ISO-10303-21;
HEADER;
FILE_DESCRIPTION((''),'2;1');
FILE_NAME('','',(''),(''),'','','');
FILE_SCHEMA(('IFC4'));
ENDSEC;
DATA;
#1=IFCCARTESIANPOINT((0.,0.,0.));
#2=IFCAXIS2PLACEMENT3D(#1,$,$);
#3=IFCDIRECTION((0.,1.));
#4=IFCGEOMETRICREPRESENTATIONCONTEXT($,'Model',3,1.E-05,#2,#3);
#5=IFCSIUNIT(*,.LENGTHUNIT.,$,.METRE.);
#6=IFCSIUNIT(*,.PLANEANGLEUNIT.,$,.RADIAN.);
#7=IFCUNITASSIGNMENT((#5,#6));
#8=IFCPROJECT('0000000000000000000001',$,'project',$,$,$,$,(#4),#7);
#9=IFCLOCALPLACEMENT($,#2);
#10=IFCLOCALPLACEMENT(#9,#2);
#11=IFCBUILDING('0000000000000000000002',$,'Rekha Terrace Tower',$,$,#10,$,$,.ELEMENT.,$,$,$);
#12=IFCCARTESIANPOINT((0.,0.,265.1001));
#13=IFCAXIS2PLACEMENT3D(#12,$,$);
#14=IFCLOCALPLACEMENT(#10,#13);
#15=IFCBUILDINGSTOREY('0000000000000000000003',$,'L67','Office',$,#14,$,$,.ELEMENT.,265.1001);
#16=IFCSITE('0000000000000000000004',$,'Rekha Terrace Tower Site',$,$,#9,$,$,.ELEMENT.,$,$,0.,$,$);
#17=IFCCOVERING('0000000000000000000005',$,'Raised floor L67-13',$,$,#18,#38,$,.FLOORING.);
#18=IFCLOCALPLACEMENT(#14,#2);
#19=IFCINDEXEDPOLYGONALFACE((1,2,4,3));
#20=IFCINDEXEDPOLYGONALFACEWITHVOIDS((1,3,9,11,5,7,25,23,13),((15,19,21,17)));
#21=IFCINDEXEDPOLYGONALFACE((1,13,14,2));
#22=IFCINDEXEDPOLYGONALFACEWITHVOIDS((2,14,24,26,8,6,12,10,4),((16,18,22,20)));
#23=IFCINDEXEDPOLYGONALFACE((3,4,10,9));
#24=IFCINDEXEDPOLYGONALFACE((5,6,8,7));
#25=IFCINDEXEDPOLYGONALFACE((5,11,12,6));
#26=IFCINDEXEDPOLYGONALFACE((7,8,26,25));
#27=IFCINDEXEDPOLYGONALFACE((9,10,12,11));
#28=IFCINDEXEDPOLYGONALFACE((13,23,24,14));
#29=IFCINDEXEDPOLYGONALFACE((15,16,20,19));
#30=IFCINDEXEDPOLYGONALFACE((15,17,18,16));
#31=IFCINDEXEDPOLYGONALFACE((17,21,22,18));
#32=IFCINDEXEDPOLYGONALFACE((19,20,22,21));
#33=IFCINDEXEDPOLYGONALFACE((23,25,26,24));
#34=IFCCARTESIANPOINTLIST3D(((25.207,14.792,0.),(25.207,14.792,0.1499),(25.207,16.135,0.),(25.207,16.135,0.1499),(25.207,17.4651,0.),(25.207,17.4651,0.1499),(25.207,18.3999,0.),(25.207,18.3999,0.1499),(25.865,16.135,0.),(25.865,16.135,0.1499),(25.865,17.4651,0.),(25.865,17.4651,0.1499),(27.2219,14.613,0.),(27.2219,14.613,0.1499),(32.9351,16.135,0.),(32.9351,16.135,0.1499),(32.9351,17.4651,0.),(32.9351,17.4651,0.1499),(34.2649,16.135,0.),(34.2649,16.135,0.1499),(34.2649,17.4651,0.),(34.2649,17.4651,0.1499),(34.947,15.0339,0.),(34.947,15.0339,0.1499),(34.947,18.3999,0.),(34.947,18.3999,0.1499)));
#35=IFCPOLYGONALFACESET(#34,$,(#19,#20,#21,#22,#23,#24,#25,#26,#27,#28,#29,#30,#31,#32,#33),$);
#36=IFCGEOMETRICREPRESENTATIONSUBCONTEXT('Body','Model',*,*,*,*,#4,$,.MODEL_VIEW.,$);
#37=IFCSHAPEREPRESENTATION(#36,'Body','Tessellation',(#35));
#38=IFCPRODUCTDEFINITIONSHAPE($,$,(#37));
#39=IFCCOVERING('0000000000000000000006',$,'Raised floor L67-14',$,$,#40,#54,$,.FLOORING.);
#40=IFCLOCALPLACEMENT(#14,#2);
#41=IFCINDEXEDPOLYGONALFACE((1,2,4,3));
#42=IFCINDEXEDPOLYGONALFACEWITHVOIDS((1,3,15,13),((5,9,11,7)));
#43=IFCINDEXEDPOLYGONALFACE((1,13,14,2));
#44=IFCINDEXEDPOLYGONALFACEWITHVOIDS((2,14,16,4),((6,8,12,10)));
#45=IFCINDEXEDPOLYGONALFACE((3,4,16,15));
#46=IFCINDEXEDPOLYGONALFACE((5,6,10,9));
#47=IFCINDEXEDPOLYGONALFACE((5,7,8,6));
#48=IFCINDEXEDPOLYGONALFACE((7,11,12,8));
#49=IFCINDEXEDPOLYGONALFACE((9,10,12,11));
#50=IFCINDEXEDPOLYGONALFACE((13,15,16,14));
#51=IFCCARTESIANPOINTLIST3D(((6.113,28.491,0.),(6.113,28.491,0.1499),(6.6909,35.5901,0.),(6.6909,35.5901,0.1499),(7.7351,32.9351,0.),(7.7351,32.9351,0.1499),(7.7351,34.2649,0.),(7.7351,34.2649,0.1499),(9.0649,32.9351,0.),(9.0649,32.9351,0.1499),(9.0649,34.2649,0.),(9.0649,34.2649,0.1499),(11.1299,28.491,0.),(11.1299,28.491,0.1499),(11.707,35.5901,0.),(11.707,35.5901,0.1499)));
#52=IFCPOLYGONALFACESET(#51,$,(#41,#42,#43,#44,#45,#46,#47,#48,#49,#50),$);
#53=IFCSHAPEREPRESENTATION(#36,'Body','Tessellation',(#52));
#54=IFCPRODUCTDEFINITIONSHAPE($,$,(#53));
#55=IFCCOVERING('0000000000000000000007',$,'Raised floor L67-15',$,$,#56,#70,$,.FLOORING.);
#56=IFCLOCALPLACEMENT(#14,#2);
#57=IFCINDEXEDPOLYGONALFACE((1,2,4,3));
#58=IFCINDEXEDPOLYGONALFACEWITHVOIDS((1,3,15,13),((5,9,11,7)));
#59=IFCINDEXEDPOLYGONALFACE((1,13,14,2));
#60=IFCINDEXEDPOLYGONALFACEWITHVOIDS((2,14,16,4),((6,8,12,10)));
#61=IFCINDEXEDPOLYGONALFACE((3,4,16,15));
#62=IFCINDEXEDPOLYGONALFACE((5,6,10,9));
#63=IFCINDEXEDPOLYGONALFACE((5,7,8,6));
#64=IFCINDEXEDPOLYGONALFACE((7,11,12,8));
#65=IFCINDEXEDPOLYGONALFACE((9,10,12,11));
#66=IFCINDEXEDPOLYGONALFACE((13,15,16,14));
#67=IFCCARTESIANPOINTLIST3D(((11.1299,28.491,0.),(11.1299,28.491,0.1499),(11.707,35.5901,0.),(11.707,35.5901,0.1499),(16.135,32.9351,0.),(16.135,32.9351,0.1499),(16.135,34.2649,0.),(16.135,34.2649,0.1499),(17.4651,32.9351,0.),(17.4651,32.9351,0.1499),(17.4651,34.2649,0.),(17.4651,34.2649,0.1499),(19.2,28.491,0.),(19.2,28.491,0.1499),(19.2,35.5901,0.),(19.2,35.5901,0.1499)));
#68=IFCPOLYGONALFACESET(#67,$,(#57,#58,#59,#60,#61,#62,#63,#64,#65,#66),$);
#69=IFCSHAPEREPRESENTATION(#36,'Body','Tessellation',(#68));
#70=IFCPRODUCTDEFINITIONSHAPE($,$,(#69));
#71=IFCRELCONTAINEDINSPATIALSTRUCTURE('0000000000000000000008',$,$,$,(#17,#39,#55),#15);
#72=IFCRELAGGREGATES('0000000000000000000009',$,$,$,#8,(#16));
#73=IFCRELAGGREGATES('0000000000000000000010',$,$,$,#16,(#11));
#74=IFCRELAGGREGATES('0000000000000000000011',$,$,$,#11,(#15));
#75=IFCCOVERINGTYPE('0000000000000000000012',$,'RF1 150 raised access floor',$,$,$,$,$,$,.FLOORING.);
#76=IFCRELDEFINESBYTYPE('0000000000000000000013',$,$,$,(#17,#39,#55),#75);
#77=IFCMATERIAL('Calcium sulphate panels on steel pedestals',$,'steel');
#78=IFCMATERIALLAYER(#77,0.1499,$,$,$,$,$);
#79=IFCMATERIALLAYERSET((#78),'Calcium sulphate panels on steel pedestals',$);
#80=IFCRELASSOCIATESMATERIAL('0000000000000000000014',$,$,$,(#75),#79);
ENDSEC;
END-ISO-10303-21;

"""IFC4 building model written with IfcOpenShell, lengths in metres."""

from ifc_helpers import new_model, si_unit, direction, frame, origin, place, context, subcontext, project, spatial, polyline, outline, extrude, material, layer, layer_set, type_object, element, save


model = new_model("IFC4")

# Units and contexts
model_context = context("Model", 3, precision=1e-05, world=origin(), true_north=direction((0.0, 1.0)))
body_context = subcontext(model_context, "Body", "Model", "MODEL_VIEW")
ifc_project = project(units=[si_unit("LENGTHUNIT", "METRE"), si_unit("PLANEANGLEUNIT", "RADIAN")], contexts=[model_context])

# Site, building, storey
site_placement = place(None, origin())
site = spatial("IfcSite", under=ifc_project, at=site_placement, Name="Rekha Terrace Tower Site", CompositionType="ELEMENT", RefElevation=0.0)
building_placement = place(site_placement, origin())
building = spatial("IfcBuilding", under=site, at=building_placement, Name="Rekha Terrace Tower", CompositionType="ELEMENT")
storey_placement = place(building_placement, frame((0.0, 0.0, 265.1001)))
storey = spatial("IfcBuildingStorey", under=building, at=storey_placement, Name="L67", Description="Office", CompositionType="ELEMENT", Elevation=265.1001)

# Coverings
ifc_material_1 = material(Name="Calcium sulphate panels on steel pedestals", Category="steel")
ifc_layer_1 = layer(ifc_material_1, 0.1499)
ifc_layer_set_1 = layer_set([ifc_layer_1], Name="Calcium sulphate panels on steel pedestals")
covering_type_1 = type_object("IfcCoveringType", Name="RF1 150 raised access floor", PredefinedType="FLOORING", material=ifc_layer_set_1)
covering_1_placement = place(storey_placement, origin())
element("IfcCovering", 1, at=covering_1_placement, inside=storey, type_object=covering_type_1, Name="Raised floor L67-13", PredefinedType="FLOORING", context=body_context, shape_type="SweptSolid", body=[
    extrude(outline(polyline([(34.947, 15.0339), (34.947, 18.3999), (25.207, 18.3999), (25.207, 17.4651), (25.865, 17.4651), (25.865, 16.135), (25.207, 16.135), (25.207, 14.792), (27.2219, 14.613), (34.947, 15.0339)]), holes=[polyline([(34.2649, 16.135), (32.9351, 16.135), (32.9351, 17.4651), (34.2649, 17.4651), (34.2649, 16.135)])]), origin(), (0.0, 0.0, 1.0), 0.1499),
])
covering_2_placement = place(storey_placement, origin())
element("IfcCovering", 2, at=covering_2_placement, inside=storey, type_object=covering_type_1, Name="Raised floor L67-14", PredefinedType="FLOORING", context=body_context, shape_type="SweptSolid", body=[
    extrude(outline(polyline([(11.1299, 28.491), (11.707, 35.5901), (6.6909, 35.5901), (6.113, 28.491), (11.1299, 28.491)]), holes=[polyline([(9.0649, 34.2649), (9.0649, 32.9351), (7.7351, 32.9351), (7.7351, 34.2649), (9.0649, 34.2649)])]), origin(), (0.0, 0.0, 1.0), 0.1499),
])
covering_3_placement = place(storey_placement, origin())
element("IfcCovering", 3, at=covering_3_placement, inside=storey, type_object=covering_type_1, Name="Raised floor L67-15", PredefinedType="FLOORING", context=body_context, shape_type="SweptSolid", body=[
    extrude(outline(polyline([(19.2, 28.491), (19.2, 35.5901), (11.707, 35.5901), (11.1299, 28.491), (19.2, 28.491)]), holes=[polyline([(17.4651, 34.2649), (17.4651, 32.9351), (16.135, 32.9351), (16.135, 34.2649), (17.4651, 34.2649)])]), origin(), (0.0, 0.0, 1.0), 0.1499),
])

save(model, "model.ifc")
